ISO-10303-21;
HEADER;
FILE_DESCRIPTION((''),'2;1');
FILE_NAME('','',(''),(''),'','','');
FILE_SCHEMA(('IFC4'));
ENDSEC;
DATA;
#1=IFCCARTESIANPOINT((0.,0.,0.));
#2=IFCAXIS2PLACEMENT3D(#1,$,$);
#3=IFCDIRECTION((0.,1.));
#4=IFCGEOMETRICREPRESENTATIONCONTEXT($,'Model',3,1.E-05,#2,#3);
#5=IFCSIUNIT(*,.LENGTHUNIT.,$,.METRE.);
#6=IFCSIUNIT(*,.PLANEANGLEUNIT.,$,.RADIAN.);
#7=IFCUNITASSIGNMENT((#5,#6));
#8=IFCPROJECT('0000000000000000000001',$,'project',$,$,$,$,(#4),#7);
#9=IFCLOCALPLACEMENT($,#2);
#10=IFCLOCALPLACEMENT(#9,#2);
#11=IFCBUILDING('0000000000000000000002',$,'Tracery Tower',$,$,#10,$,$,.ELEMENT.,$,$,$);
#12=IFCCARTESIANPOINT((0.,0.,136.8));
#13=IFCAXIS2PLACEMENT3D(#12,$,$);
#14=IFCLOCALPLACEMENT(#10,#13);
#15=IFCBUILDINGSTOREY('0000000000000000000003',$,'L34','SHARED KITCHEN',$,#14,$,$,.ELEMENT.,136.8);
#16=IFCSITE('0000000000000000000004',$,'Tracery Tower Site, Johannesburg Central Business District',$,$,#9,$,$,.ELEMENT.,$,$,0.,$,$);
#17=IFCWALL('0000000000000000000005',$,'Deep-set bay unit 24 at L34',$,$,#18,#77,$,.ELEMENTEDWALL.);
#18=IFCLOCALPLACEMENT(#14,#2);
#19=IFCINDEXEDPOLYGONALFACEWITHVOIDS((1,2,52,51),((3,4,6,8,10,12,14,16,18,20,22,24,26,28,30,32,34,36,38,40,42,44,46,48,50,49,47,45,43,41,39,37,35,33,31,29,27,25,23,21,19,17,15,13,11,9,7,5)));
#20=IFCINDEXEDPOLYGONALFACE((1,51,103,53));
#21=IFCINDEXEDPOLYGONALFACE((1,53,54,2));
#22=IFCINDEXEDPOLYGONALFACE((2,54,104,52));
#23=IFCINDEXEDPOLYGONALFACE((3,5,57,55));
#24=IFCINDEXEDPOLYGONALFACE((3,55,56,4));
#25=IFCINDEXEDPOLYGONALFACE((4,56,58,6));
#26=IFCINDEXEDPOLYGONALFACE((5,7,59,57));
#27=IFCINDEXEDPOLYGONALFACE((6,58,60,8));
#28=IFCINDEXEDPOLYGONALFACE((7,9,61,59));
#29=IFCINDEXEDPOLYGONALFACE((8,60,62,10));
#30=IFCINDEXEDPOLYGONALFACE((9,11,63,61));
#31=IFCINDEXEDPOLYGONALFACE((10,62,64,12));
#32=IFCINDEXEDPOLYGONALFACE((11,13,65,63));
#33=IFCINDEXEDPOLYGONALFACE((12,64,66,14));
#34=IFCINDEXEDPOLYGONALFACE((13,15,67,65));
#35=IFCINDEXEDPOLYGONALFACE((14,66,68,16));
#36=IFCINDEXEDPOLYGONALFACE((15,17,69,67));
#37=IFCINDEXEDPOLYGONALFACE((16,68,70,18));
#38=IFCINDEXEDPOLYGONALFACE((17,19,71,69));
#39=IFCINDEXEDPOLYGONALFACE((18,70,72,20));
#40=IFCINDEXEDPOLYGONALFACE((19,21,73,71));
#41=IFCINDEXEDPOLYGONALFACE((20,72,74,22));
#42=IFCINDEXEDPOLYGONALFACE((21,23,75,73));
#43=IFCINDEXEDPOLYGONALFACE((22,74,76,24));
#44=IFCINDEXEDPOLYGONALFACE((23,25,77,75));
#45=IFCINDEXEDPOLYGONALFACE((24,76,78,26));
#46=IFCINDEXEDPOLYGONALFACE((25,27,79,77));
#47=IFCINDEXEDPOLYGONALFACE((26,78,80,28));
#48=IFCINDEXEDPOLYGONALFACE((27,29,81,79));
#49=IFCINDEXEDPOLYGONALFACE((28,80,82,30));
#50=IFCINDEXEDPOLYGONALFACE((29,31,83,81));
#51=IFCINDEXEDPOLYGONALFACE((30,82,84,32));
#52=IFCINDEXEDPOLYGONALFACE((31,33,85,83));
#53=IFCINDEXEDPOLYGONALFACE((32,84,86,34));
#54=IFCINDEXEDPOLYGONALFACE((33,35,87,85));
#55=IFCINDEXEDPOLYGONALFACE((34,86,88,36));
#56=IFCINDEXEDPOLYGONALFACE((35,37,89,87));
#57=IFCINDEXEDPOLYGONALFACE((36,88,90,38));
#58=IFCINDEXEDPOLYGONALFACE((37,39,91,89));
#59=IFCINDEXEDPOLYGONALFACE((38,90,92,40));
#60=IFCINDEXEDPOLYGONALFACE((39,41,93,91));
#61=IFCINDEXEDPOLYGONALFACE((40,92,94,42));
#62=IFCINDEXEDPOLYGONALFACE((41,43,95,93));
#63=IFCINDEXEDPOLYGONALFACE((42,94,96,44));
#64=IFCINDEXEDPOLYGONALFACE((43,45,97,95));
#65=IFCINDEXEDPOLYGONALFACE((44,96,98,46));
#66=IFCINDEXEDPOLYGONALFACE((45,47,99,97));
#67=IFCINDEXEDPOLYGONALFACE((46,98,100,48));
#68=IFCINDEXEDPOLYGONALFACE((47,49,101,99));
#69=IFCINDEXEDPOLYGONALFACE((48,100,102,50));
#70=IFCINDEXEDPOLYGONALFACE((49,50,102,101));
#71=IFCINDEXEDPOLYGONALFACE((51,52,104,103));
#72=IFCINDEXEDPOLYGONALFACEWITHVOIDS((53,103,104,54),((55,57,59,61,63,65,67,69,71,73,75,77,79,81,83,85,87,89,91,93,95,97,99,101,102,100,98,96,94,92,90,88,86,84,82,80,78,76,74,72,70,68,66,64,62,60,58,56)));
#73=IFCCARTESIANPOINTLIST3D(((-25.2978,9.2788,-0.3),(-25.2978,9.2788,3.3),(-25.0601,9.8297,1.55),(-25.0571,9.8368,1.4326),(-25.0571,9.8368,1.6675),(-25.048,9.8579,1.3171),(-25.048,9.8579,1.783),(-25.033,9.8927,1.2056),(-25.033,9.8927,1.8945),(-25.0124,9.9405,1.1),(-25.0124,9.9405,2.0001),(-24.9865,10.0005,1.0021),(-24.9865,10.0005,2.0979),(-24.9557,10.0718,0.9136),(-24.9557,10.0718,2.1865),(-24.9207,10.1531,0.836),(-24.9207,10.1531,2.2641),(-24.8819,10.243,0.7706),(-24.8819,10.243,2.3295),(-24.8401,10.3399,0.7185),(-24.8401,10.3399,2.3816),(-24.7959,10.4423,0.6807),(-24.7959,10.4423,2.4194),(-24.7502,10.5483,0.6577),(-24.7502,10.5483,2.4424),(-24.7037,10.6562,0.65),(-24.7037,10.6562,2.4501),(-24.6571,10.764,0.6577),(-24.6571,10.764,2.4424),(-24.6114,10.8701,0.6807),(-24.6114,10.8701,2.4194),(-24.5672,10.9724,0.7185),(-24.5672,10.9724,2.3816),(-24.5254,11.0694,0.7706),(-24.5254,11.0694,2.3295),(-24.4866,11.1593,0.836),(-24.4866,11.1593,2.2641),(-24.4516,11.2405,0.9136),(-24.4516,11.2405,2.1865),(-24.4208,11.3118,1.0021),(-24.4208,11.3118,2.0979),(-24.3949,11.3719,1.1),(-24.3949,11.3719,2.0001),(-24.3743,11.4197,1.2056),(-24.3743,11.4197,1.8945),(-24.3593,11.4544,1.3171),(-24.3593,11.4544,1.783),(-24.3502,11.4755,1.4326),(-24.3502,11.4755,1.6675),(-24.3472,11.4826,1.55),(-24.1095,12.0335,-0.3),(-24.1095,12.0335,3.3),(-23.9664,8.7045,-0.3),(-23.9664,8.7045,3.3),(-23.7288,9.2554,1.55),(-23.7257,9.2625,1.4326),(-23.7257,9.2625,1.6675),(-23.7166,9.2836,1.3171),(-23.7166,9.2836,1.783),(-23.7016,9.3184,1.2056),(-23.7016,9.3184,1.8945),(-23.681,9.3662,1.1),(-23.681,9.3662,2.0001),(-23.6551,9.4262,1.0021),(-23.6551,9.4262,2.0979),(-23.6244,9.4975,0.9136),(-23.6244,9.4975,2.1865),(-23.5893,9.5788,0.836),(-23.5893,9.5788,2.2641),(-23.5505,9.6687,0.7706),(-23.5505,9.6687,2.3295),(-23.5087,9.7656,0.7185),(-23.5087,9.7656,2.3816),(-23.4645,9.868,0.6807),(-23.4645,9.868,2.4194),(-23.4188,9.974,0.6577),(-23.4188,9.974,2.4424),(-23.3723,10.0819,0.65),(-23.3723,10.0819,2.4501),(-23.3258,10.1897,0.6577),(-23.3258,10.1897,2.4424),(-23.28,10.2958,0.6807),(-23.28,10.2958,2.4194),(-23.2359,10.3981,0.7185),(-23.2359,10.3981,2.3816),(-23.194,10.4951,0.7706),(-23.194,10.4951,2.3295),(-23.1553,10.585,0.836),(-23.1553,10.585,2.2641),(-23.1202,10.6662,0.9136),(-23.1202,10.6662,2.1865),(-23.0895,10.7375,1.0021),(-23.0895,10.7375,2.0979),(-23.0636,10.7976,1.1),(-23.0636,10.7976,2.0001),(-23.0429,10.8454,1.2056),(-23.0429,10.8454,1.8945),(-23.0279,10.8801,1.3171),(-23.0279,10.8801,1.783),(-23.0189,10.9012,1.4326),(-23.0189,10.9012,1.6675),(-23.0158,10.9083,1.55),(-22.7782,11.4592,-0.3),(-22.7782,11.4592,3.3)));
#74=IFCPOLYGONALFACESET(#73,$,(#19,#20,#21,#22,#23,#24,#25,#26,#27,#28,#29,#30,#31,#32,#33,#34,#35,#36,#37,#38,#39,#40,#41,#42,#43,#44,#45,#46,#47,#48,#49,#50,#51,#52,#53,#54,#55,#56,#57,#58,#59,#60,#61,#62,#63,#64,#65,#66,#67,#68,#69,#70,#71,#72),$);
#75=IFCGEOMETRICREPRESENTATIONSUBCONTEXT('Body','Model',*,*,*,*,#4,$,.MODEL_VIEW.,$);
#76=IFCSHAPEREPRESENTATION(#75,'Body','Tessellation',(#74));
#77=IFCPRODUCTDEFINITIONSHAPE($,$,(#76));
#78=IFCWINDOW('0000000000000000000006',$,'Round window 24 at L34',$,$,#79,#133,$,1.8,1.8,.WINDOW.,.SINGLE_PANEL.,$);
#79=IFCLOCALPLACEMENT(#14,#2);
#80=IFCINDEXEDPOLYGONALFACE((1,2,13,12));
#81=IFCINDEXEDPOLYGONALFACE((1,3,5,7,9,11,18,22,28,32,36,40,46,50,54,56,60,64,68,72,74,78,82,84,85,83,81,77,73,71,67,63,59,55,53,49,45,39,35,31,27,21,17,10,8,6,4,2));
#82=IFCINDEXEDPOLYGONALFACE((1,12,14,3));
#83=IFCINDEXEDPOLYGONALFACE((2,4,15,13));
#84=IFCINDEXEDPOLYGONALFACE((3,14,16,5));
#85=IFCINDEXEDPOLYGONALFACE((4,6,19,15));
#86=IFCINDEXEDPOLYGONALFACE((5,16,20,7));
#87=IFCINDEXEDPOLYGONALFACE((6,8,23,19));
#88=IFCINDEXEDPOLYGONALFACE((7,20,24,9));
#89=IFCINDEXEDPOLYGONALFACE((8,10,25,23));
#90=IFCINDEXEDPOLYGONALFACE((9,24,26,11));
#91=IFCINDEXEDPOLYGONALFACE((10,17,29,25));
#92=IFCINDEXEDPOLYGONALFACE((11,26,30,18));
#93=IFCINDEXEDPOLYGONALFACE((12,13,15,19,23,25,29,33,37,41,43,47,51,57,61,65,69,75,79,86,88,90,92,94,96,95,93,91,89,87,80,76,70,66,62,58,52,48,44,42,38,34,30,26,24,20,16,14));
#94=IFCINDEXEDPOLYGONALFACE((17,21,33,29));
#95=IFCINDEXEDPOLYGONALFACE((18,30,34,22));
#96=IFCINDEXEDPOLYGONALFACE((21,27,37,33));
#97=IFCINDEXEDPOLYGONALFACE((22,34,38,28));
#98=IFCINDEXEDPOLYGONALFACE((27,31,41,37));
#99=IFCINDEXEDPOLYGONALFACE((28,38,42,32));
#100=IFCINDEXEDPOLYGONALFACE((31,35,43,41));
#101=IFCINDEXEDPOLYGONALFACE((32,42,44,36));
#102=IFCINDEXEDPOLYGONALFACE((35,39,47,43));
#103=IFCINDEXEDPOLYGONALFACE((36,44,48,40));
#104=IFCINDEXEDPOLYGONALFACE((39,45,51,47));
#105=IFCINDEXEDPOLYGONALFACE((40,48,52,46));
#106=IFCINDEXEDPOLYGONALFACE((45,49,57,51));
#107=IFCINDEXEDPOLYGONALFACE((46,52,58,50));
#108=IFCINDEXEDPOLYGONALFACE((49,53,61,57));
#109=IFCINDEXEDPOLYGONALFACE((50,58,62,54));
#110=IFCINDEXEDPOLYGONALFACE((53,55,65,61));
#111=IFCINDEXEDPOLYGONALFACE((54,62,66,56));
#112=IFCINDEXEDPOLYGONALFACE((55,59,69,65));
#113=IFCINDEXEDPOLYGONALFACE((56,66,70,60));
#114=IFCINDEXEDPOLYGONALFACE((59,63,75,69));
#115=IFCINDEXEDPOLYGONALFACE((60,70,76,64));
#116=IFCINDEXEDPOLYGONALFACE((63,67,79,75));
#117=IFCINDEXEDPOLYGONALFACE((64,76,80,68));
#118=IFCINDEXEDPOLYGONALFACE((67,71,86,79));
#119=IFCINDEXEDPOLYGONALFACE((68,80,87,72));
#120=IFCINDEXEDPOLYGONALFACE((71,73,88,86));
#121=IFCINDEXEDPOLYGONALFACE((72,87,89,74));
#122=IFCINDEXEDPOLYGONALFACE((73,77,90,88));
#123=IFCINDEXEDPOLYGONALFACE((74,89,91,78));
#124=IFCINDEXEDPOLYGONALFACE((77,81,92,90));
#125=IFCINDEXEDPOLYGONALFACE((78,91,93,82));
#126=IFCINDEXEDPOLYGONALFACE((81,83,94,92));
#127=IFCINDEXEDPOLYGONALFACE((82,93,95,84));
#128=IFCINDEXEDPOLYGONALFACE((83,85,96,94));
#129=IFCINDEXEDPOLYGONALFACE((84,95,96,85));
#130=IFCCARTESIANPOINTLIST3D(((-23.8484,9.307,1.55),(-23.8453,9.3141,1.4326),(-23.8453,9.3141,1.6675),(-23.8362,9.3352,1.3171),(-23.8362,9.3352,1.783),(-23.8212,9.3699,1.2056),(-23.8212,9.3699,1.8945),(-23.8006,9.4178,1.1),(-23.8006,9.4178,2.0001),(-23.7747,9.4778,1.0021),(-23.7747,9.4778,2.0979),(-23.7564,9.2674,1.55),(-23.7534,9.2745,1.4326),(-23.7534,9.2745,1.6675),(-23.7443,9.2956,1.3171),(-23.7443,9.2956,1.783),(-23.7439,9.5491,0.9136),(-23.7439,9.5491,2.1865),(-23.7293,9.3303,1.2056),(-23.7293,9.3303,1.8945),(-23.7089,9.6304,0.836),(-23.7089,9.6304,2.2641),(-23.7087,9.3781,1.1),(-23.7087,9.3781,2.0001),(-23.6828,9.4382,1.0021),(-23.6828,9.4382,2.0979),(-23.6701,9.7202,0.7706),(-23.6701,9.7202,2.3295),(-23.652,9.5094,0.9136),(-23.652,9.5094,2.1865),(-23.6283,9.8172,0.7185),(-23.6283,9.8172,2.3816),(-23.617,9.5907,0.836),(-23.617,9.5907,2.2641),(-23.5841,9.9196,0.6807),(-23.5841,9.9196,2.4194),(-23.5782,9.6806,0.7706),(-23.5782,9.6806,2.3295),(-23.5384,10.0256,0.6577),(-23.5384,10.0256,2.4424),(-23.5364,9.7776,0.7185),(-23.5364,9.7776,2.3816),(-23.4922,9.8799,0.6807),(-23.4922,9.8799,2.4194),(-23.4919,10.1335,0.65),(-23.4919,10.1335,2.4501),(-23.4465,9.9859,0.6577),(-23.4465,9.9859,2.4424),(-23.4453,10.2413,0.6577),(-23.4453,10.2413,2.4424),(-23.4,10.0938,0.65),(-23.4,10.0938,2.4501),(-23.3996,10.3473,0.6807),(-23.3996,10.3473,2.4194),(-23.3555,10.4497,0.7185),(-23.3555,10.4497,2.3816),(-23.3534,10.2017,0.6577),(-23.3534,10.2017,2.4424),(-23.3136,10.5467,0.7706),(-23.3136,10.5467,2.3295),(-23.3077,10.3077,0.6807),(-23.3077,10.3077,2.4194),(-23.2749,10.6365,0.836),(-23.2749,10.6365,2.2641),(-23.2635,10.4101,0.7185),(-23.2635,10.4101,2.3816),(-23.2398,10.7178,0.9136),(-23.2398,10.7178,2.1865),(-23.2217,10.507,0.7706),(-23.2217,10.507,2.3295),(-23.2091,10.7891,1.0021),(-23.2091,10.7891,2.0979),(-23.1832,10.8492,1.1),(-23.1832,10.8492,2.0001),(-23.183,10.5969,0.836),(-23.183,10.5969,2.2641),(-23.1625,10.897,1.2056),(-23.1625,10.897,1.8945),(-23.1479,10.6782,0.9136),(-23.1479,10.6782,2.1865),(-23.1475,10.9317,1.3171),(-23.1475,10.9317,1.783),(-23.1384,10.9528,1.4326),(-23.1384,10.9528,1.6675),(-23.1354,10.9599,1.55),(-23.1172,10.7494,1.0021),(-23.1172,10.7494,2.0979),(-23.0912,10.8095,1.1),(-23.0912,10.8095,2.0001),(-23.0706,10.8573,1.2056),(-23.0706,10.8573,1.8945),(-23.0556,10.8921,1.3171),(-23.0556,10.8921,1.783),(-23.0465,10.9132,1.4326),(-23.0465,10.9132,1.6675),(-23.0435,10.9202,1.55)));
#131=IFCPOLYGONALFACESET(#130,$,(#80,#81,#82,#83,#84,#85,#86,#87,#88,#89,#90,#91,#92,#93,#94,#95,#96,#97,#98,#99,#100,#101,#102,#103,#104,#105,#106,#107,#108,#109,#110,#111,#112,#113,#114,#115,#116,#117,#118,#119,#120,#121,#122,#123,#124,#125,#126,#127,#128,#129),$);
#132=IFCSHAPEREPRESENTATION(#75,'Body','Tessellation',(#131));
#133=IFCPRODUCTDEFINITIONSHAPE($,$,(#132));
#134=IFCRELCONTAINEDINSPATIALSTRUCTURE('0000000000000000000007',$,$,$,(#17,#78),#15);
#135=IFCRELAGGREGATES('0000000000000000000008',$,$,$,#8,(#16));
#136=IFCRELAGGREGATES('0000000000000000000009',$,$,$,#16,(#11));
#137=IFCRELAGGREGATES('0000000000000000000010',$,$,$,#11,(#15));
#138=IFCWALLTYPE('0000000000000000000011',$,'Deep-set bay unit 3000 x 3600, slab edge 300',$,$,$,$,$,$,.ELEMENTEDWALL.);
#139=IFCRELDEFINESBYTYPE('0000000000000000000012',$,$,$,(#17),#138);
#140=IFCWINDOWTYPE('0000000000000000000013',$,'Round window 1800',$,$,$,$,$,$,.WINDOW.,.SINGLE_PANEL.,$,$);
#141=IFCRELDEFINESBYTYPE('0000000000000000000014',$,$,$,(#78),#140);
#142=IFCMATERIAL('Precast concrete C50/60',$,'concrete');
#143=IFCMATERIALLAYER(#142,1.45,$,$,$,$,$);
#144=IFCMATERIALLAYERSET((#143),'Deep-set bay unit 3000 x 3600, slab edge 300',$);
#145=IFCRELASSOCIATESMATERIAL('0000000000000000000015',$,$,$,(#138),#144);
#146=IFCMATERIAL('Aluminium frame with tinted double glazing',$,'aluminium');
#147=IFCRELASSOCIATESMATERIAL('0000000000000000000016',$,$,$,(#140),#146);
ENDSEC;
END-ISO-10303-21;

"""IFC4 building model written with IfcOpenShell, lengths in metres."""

from ifc_helpers import new_model, si_unit, direction, frame, frame_2d, origin, origin_2d, place, context, subcontext, project, spatial, rectangle, circle, extrude, material, layer, layer_set, type_object, element, fill, save


model = new_model("IFC4")

# Units and contexts
model_context = context("Model", 3, precision=1e-05, world=origin(), true_north=direction((0.0, 1.0)))
body_context = subcontext(model_context, "Body", "Model", "MODEL_VIEW")
ifc_project = project(units=[si_unit("LENGTHUNIT", "METRE"), si_unit("PLANEANGLEUNIT", "RADIAN")], contexts=[model_context])

# Site, building, storey
site_placement = place(None, origin())
site = spatial("IfcSite", under=ifc_project, at=site_placement, Name="Tracery Tower Site, Johannesburg Central Business District", CompositionType="ELEMENT", RefElevation=0.0)
building_placement = place(site_placement, origin())
building = spatial("IfcBuilding", under=site, at=building_placement, Name="Tracery Tower", CompositionType="ELEMENT")
storey_placement = place(building_placement, frame((0.0, 0.0, 136.8)))
storey = spatial("IfcBuildingStorey", under=building, at=storey_placement, Name="L34", Description="SHARED KITCHEN", CompositionType="ELEMENT", Elevation=136.8)

# Wall, opening, window
ifc_material_1 = material(Name="Precast concrete C50/60", Category="concrete")
ifc_layer_1 = layer(ifc_material_1, 1.45)
ifc_layer_set_1 = layer_set([ifc_layer_1], Name="Deep-set bay unit 3000 x 3600, slab edge 300")
wall_type_1 = type_object("IfcWallType", Name="Deep-set bay unit 3000 x 3600, slab edge 300", PredefinedType="ELEMENTEDWALL", material=ifc_layer_set_1)
ifc_material_2 = material(Name="Aluminium frame with tinted double glazing", Category="aluminium")
window_type = type_object("IfcWindowType", Name="Round window 1800", PartitioningType="SINGLE_PANEL", PredefinedType="WINDOW", material=ifc_material_2)
wall_1_placement = place(storey_placement, frame((-23.4438, 11.7463, -0.3), z_axis=(0.0, 0.0, 1.0), x_axis=(-0.396079, -0.918216, 0.0)))
wall_1 = element("IfcWall", 1, at=wall_1_placement, inside=storey, type_object=wall_type_1, Name="Deep-set bay unit 24 at L34", PredefinedType="ELEMENTEDWALL", context=body_context, shape_type="SweptSolid", body=[
    extrude(rectangle(XDim=3.0, YDim=1.45, at=frame_2d((1.5, 0.0))), origin(), (0.0, 0.0, 1.0), 3.6001),
])
opening_1_placement = place(wall_1_placement, frame((1.5, 0.0, 1.8501)))
opening_1 = element("IfcOpeningElement", 2, at=opening_1_placement, cuts=wall_1, PredefinedType="OPENING", context=body_context, shape_type="SweptSolid", body=[
    extrude(circle(Radius=0.9, at=origin_2d()), frame((0.0, 0.7349, 0.0), z_axis=(0.0, -1.0, 0.0), x_axis=(1.0, 0.0, 0.0)), (0.0, 0.0, 1.0), 1.47),
])
window_1_placement = place(opening_1_placement, origin())
window_1 = element("IfcWindow", 3, at=window_1_placement, inside=storey, type_object=window_type, Name="Round window 24 at L34", OverallHeight=1.8, OverallWidth=1.8, PartitioningType="SINGLE_PANEL", PredefinedType="WINDOW", context=body_context, shape_type="SweptSolid", body=[
    extrude(circle(Radius=0.9, at=origin_2d()), frame((0.0, 0.6948, 0.0), z_axis=(0.0, -1.0, 0.0), x_axis=(1.0, 0.0, 0.0)), (0.0, 0.0, 1.0), 0.1001),
])
fill(opening_1, window_1)

save(model, "model.ifc")
